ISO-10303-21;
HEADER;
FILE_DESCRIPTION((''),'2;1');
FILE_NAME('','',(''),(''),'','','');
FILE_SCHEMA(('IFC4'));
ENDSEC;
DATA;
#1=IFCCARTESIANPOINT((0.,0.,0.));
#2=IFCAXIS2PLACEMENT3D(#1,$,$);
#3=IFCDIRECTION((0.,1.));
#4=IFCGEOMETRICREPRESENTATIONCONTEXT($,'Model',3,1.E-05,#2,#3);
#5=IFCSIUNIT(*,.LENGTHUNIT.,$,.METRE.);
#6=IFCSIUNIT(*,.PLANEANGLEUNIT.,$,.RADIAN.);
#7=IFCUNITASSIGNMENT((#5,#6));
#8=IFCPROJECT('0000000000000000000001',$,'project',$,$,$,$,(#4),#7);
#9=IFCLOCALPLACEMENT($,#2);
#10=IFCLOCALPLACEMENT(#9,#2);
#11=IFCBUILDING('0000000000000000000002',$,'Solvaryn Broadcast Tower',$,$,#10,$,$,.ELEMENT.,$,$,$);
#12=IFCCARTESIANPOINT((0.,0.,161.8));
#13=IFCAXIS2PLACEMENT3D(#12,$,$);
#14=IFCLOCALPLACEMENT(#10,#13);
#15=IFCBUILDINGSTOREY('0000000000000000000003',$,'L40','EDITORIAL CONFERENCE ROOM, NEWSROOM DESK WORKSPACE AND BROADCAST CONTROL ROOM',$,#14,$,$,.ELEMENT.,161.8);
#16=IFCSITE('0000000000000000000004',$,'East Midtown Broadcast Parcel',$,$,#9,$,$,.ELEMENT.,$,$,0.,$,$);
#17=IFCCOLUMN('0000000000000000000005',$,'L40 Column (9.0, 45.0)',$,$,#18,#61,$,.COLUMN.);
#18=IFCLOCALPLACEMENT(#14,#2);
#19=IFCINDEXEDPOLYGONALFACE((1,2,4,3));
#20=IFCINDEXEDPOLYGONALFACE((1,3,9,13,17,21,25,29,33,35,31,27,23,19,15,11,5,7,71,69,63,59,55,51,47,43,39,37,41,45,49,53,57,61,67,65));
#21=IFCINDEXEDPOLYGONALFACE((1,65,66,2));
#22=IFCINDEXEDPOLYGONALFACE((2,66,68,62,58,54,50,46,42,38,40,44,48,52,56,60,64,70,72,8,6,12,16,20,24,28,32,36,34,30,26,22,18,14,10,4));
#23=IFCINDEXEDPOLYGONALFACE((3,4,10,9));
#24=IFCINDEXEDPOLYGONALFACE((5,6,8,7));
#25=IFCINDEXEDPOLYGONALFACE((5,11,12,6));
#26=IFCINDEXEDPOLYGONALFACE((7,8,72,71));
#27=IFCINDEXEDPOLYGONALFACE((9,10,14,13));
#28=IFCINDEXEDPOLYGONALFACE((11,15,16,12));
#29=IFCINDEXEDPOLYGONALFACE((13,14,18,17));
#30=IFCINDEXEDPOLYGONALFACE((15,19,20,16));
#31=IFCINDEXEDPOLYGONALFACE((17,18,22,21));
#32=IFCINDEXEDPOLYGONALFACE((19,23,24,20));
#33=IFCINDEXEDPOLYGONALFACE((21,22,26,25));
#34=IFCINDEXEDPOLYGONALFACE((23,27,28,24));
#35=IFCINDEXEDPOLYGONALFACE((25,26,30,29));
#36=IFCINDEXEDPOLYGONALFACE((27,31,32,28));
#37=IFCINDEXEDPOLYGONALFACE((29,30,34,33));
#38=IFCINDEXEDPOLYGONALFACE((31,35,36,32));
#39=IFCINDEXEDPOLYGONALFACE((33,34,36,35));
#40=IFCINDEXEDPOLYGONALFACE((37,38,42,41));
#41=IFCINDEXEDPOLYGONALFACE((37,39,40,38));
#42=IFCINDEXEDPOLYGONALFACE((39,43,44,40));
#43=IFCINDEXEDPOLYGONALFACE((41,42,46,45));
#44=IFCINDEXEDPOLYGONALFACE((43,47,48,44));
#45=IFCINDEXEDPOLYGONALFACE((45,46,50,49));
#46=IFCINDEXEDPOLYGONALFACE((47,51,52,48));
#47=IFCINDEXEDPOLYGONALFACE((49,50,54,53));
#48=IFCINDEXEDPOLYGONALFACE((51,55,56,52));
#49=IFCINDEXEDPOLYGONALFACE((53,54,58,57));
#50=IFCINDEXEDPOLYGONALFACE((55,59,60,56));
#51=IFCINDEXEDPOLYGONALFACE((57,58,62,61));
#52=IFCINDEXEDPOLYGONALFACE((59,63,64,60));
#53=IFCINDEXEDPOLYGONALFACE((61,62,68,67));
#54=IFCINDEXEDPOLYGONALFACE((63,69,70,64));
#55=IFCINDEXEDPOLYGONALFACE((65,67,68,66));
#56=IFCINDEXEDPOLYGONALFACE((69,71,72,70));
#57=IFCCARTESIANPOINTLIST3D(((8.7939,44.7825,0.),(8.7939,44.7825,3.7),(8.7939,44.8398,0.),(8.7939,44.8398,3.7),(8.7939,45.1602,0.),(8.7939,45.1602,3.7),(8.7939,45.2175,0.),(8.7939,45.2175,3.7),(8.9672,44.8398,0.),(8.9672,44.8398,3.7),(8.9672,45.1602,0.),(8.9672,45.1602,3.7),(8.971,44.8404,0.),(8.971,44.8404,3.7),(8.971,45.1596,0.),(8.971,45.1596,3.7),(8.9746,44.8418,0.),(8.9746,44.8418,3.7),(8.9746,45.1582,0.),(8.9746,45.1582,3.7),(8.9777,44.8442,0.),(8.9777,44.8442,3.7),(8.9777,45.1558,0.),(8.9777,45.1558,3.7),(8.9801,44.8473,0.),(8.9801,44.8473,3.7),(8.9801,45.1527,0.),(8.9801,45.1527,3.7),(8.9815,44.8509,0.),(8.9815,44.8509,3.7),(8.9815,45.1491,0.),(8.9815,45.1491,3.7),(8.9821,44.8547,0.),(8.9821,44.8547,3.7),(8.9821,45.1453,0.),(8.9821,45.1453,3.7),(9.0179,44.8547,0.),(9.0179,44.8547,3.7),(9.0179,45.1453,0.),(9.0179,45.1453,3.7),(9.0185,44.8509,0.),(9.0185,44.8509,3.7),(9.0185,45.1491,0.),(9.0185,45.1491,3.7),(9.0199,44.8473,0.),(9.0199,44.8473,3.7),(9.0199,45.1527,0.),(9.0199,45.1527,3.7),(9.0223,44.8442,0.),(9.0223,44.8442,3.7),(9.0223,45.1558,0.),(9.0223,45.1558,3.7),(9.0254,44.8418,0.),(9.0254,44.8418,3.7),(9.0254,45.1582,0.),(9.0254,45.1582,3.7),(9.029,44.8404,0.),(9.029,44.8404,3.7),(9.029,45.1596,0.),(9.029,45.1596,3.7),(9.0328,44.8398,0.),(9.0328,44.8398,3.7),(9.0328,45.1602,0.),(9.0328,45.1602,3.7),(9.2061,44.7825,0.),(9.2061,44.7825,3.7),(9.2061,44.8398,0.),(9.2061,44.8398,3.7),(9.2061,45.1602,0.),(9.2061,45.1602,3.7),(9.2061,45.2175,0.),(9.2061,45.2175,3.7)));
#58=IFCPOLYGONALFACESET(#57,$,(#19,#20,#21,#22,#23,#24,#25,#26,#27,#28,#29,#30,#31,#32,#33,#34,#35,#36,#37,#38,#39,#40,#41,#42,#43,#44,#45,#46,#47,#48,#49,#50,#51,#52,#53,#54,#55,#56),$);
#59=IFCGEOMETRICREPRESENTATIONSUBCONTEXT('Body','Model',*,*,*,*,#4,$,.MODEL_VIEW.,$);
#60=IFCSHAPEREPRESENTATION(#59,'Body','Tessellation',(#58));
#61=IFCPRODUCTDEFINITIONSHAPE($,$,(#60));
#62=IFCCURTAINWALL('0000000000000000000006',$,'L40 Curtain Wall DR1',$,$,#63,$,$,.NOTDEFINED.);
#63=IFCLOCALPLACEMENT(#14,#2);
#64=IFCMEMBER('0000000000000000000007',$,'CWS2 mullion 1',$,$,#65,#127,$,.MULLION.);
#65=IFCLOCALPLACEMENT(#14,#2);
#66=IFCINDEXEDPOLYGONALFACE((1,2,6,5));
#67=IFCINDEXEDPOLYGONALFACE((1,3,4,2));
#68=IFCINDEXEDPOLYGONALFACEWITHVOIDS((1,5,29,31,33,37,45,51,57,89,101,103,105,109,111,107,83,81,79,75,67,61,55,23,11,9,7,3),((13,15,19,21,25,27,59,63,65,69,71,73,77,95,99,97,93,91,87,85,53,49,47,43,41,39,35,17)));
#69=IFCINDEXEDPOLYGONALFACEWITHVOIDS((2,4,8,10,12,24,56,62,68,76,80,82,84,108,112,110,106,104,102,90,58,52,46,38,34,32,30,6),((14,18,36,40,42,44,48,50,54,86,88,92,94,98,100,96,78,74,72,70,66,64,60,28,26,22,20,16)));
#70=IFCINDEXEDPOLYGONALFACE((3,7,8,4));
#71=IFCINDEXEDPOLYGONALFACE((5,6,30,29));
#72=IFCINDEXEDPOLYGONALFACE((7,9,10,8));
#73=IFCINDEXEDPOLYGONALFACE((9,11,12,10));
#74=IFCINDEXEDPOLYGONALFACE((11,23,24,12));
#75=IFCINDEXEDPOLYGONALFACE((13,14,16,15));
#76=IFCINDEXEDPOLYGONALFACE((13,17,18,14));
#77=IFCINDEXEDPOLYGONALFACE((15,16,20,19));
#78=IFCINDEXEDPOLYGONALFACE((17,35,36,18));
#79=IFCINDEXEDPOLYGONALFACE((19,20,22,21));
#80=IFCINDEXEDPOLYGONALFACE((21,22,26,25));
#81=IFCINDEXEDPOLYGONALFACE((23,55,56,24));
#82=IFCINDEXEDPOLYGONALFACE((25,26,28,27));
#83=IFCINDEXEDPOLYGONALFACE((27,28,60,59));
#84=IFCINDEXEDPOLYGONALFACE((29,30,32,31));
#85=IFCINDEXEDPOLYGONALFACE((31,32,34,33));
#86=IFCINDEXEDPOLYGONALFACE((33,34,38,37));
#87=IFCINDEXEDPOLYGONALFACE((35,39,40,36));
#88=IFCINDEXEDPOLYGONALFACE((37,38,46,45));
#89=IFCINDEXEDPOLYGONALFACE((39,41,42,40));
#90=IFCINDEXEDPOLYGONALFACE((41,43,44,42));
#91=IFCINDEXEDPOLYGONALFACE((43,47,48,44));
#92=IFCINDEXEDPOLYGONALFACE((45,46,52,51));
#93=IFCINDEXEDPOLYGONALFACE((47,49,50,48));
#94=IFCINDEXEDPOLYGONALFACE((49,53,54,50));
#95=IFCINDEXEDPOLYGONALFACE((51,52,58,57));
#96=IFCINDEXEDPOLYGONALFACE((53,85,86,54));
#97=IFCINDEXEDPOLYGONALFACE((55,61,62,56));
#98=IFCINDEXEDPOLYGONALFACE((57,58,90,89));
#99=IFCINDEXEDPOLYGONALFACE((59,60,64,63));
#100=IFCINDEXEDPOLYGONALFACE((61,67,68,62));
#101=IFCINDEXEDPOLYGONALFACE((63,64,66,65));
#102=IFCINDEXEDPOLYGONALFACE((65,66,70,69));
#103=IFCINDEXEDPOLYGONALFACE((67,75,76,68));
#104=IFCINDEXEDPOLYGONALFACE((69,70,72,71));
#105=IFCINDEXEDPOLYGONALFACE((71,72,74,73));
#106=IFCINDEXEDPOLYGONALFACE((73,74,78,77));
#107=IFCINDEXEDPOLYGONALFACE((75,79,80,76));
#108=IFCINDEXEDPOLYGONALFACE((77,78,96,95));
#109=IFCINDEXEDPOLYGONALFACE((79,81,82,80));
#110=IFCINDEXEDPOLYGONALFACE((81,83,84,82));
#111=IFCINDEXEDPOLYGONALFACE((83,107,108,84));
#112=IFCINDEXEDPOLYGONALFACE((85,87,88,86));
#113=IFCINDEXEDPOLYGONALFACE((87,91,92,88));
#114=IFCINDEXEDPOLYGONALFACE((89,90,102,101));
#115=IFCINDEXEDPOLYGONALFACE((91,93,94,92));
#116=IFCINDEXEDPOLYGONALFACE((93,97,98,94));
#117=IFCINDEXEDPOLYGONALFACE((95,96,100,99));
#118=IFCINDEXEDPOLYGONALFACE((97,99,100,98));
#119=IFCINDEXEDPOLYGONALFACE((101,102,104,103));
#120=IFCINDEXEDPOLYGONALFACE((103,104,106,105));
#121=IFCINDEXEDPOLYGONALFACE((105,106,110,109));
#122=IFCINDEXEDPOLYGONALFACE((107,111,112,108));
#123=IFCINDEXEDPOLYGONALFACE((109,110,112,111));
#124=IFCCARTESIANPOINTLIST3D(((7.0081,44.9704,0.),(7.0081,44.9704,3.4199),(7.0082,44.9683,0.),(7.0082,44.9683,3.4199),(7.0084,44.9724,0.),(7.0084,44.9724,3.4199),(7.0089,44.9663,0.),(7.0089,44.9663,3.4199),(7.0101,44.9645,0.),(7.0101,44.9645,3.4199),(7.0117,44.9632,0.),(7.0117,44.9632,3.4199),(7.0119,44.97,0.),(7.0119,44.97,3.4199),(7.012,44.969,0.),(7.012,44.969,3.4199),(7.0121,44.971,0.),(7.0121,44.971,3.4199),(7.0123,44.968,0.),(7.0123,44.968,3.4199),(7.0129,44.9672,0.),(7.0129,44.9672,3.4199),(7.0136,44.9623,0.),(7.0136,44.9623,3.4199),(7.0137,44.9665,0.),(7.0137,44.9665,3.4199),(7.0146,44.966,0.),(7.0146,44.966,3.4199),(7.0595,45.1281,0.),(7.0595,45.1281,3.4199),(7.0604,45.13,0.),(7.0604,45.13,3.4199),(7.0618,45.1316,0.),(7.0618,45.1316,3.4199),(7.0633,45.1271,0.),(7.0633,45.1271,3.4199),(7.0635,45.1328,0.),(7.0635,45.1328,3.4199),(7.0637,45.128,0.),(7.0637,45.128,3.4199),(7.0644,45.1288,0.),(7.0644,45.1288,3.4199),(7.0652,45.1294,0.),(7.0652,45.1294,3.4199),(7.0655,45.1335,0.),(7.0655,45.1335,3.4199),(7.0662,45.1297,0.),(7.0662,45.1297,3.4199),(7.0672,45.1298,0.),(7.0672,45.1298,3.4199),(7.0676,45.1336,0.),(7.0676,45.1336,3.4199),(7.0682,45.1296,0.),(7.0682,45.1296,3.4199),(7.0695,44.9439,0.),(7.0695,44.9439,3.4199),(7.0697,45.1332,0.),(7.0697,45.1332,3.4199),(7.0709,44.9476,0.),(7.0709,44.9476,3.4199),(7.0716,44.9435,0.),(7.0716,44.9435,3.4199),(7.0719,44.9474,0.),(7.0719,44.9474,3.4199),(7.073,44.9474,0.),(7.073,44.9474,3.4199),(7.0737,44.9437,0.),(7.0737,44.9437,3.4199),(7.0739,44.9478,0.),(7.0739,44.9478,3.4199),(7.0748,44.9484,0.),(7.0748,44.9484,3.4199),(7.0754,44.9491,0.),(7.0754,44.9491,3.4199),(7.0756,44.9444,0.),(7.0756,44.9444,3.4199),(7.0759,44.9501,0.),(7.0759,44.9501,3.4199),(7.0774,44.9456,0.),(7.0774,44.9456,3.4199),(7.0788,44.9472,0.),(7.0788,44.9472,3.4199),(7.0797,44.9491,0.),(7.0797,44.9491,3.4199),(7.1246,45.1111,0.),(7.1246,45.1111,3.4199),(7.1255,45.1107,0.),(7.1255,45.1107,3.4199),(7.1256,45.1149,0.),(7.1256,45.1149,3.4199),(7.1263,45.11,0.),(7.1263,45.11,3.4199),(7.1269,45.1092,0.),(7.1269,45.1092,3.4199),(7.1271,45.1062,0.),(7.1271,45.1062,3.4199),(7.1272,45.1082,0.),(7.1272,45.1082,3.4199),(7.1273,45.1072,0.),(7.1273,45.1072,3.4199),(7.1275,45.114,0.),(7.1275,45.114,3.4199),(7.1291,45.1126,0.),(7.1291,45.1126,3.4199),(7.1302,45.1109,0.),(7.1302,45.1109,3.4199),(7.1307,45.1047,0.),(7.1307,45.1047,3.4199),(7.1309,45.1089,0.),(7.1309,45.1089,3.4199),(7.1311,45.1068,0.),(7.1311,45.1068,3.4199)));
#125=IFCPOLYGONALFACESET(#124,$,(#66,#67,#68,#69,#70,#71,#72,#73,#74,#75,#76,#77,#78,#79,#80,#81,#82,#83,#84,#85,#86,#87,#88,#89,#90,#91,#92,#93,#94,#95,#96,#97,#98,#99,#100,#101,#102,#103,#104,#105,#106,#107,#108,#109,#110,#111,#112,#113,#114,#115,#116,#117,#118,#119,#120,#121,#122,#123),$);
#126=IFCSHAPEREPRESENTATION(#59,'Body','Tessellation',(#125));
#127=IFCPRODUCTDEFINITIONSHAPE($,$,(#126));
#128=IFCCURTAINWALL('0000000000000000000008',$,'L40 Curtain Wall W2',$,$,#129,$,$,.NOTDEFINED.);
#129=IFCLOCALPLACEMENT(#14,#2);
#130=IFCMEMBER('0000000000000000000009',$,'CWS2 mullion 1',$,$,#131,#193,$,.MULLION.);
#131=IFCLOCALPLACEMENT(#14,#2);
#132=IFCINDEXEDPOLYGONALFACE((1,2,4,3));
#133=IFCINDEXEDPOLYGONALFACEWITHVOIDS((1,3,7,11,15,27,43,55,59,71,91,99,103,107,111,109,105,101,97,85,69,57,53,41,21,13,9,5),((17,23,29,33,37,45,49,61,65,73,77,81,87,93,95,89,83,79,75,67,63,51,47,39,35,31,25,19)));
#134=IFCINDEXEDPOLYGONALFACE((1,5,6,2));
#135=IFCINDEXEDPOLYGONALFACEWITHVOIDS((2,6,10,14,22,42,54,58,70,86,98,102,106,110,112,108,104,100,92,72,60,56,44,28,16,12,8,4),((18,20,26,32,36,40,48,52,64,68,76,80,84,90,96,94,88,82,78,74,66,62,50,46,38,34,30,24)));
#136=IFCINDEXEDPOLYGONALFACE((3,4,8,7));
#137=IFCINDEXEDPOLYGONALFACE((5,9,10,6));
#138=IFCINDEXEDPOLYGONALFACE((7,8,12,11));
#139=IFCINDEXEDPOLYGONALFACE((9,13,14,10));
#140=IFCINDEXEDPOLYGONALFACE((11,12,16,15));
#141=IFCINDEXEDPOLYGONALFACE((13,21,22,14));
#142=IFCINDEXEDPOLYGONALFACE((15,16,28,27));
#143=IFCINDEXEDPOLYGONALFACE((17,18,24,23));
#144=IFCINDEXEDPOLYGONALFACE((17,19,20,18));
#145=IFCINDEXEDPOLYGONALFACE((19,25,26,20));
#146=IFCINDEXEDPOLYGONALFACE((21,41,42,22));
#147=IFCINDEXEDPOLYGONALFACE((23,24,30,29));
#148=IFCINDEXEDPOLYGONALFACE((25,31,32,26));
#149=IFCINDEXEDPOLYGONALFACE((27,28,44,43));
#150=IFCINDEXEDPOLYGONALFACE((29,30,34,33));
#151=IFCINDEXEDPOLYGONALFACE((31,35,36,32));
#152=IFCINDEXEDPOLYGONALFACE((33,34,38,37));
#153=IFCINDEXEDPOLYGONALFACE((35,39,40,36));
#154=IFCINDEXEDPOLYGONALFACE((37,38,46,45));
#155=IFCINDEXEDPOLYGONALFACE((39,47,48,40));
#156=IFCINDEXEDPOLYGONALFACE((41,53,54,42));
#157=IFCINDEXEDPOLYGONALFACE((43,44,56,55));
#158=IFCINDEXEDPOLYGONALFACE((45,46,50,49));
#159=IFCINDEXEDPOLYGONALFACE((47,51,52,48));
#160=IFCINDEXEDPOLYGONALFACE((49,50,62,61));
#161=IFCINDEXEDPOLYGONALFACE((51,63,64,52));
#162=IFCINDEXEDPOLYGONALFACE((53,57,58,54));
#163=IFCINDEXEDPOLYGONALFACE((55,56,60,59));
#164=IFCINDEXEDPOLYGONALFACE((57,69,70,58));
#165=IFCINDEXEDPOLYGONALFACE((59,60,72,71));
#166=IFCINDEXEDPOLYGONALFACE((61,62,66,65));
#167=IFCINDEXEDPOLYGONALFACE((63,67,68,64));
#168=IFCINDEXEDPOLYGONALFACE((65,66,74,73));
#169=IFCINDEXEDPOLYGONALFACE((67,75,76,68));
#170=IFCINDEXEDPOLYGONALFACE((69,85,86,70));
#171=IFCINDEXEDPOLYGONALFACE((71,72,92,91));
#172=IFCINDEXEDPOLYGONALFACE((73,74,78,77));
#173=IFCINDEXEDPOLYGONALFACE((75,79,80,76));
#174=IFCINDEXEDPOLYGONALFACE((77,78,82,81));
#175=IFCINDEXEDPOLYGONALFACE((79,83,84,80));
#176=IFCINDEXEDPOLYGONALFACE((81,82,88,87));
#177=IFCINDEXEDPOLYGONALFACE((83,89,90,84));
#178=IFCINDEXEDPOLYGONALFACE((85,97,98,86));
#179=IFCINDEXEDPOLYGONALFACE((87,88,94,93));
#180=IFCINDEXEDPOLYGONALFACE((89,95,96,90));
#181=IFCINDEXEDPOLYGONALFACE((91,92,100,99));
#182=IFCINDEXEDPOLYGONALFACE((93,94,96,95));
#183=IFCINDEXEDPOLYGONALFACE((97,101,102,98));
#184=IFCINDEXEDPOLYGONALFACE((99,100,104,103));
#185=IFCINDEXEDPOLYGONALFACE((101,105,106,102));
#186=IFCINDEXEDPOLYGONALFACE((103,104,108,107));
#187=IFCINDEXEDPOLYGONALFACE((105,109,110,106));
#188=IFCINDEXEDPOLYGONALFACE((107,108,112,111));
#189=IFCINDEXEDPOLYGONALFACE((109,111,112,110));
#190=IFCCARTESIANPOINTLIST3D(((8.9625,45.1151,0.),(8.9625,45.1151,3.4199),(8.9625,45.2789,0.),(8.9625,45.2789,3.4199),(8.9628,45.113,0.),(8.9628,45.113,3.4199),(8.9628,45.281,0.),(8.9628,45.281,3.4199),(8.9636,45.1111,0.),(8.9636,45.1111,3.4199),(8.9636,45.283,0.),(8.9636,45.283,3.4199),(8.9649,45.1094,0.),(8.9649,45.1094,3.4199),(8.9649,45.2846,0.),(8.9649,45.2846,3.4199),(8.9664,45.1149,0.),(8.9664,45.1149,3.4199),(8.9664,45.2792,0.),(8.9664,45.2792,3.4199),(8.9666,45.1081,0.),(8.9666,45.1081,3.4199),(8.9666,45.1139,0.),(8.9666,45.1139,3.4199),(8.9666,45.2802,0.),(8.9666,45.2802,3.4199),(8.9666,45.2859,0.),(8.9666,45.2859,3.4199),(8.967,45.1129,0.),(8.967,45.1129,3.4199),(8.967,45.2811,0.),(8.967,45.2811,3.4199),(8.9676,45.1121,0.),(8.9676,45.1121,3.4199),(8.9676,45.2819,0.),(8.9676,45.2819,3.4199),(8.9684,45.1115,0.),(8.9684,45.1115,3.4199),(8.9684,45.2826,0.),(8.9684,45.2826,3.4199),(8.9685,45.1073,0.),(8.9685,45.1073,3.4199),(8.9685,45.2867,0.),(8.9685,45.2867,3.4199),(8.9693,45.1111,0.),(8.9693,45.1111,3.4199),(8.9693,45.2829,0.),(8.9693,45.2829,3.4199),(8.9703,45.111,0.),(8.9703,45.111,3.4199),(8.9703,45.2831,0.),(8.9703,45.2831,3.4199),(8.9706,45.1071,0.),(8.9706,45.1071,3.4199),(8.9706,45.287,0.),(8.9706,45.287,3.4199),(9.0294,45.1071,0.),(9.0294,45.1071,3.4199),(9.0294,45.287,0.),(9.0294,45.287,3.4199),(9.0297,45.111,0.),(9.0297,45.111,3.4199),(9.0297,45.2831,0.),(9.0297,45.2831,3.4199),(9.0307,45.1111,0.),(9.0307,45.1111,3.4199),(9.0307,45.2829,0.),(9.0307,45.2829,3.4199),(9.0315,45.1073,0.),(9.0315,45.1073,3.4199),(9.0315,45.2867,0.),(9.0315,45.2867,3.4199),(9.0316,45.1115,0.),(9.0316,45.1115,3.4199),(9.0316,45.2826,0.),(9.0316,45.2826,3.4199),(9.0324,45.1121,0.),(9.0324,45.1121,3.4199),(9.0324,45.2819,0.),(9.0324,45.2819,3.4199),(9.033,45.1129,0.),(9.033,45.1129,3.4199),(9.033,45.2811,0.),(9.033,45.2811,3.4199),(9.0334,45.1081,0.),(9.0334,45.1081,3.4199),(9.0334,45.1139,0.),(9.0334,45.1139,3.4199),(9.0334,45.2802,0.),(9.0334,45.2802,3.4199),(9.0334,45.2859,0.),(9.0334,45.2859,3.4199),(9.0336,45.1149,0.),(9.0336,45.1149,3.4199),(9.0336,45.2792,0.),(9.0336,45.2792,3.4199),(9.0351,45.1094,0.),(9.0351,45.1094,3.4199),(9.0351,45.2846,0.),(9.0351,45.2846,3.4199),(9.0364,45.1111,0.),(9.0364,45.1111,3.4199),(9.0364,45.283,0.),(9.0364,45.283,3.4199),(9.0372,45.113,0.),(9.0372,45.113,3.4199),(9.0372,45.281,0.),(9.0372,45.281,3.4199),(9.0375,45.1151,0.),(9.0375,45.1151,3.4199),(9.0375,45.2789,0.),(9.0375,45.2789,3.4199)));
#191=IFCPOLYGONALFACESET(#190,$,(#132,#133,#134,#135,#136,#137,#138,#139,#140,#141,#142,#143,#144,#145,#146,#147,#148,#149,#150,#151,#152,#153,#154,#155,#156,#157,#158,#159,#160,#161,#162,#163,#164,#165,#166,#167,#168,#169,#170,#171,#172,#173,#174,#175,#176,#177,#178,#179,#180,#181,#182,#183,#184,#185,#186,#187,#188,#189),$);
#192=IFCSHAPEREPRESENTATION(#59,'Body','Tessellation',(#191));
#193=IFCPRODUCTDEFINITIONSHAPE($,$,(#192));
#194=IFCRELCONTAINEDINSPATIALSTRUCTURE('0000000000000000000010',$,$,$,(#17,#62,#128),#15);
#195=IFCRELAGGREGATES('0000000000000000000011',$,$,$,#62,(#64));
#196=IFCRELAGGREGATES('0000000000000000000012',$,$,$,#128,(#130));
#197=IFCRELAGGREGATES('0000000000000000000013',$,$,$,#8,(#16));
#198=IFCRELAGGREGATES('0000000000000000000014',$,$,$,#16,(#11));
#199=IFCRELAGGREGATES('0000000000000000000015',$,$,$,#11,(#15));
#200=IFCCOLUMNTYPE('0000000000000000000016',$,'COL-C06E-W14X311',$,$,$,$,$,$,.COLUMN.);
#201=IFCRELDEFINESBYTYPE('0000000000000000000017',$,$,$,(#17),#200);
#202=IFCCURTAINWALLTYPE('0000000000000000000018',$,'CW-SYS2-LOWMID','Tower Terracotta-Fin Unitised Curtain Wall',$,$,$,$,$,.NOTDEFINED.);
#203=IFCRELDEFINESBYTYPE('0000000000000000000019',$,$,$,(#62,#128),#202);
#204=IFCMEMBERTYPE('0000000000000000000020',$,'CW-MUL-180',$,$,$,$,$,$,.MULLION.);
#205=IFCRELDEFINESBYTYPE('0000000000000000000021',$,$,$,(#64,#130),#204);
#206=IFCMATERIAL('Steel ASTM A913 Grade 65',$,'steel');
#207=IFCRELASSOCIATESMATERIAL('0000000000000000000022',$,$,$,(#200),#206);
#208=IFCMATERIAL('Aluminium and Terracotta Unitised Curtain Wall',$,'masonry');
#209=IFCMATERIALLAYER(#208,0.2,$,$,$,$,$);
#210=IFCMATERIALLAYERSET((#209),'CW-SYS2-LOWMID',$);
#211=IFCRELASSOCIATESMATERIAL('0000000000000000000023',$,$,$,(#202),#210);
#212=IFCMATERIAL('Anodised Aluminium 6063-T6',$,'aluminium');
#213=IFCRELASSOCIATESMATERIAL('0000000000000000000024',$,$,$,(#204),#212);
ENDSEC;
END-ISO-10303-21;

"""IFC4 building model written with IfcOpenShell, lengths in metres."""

from ifc_helpers import new_model, si_unit, direction, frame, origin, origin_2d, place, context, subcontext, project, spatial, hollow_rectangle, i_section, extrude, material, layer, layer_set, material_profile, profile_set, type_object, element, aggregate, save


model = new_model("IFC4")

# Units and contexts
model_context = context("Model", 3, precision=1e-05, world=origin(), true_north=direction((0.0, 1.0)))
body_context = subcontext(model_context, "Body", "Model", "MODEL_VIEW")
ifc_project = project(units=[si_unit("LENGTHUNIT", "METRE"), si_unit("PLANEANGLEUNIT", "RADIAN")], contexts=[model_context])

# Site, building, storey
site_placement = place(None, origin())
site = spatial("IfcSite", under=ifc_project, at=site_placement, Name="East Midtown Broadcast Parcel", CompositionType="ELEMENT", RefElevation=0.0)
building_placement = place(site_placement, origin())
building = spatial("IfcBuilding", under=site, at=building_placement, Name="Solvaryn Broadcast Tower", CompositionType="ELEMENT")
storey_placement = place(building_placement, frame((0.0, 0.0, 161.8)))
storey = spatial("IfcBuildingStorey", under=building, at=storey_placement, Name="L40", Description="EDITORIAL CONFERENCE ROOM, NEWSROOM DESK WORKSPACE AND BROADCAST CONTROL ROOM", CompositionType="ELEMENT", Elevation=161.8)

# Column
ifc_material_1 = material(Name="Steel ASTM A913 Grade 65", Category="steel")
ifc_material_profile_1 = material_profile(ifc_material_1, i_section(OverallWidth=0.4121, OverallDepth=0.4351, WebThickness=0.0359, FlangeThickness=0.0574, FilletRadius=0.0149, at=origin_2d()))
ifc_profile_set_1 = profile_set([ifc_material_profile_1], Name="Steel ASTM A913 Grade 65")
column_type = type_object("IfcColumnType", Name="COL-C06E-W14X311", PredefinedType="COLUMN", material=ifc_profile_set_1)
column_placement = place(storey_placement, frame((9.0, 45.0, 0.0), z_axis=(0.0, 0.0, 1.0), x_axis=(1.0, 0.0, 0.0)))
element("IfcColumn", 1, at=column_placement, inside=storey, type_object=column_type, Name="L40 Column (9.0, 45.0)", PredefinedType="COLUMN", context=body_context, shape_type="SweptSolid", body=[
    extrude(i_section(OverallWidth=0.4121, OverallDepth=0.4351, WebThickness=0.0359, FlangeThickness=0.0574, FilletRadius=0.0149, at=origin_2d()), origin(), (0.0, 0.0, 1.0), 3.7),
])

# Curtain wall, member
ifc_material_2 = material(Name="Aluminium and Terracotta Unitised Curtain Wall", Category="masonry")
ifc_layer_1 = layer(ifc_material_2, 0.2)
ifc_layer_set_1 = layer_set([ifc_layer_1], Name="CW-SYS2-LOWMID")
curtain_wall_type = type_object("IfcCurtainWallType", Name="CW-SYS2-LOWMID", Description="Tower Terracotta-Fin Unitised Curtain Wall", PredefinedType="NOTDEFINED", material=ifc_layer_set_1)
curtain_wall_1_placement = place(storey_placement, origin())
curtain_wall_1 = element("IfcCurtainWall", 2, at=curtain_wall_1_placement, inside=storey, type_object=curtain_wall_type, Name="L40 Curtain Wall DR1", PredefinedType="NOTDEFINED")
ifc_material_3 = material(Name="Anodised Aluminium 6063-T6", Category="aluminium")
ifc_material_profile_2 = material_profile(ifc_material_3, hollow_rectangle(XDim=0.075, YDim=0.1799, WallThickness=0.0039, InnerFilletRadius=0.0039, OuterFilletRadius=0.0081, at=origin_2d()))
ifc_profile_set_2 = profile_set([ifc_material_profile_2], Name="Anodised Aluminium 6063-T6")
member_type_1 = type_object("IfcMemberType", Name="CW-MUL-180", PredefinedType="MULLION", material=ifc_profile_set_2)
member_1_placement = place(storey_placement, frame((7.0696, 45.0386, 0.0), z_axis=(0.0, 0.0, 1.0), x_axis=(0.950198, -0.311646, 0.0)))
member_1 = element("IfcMember", 3, at=member_1_placement, type_object=member_type_1, Name="CWS2 mullion 1", PredefinedType="MULLION", context=body_context, shape_type="SweptSolid", body=[
    extrude(hollow_rectangle(XDim=0.075, YDim=0.1799, WallThickness=0.0039, InnerFilletRadius=0.0039, OuterFilletRadius=0.0081, at=origin_2d()), origin(), (0.0, 0.0, 1.0), 3.4199),
])

# Curtain wall, member
curtain_wall_2_placement = place(storey_placement, origin())
curtain_wall_2 = element("IfcCurtainWall", 4, at=curtain_wall_2_placement, inside=storey, type_object=curtain_wall_type, Name="L40 Curtain Wall W2", PredefinedType="NOTDEFINED")
member_2_placement = place(storey_placement, frame((9.0, 45.197, 0.0), z_axis=(0.0, 0.0, 1.0), x_axis=(-1.0, 0.0, 0.0)))
member_2 = element("IfcMember", 5, at=member_2_placement, type_object=member_type_1, Name="CWS2 mullion 1", PredefinedType="MULLION", context=body_context, shape_type="SweptSolid", body=[
    extrude(hollow_rectangle(XDim=0.075, YDim=0.1799, WallThickness=0.0039, InnerFilletRadius=0.0039, OuterFilletRadius=0.0081, at=origin_2d()), origin(), (0.0, 0.0, 1.0), 3.4199),
])

aggregate(curtain_wall_1, [member_1])

aggregate(curtain_wall_2, [member_2])

save(model, "model.ifc")
